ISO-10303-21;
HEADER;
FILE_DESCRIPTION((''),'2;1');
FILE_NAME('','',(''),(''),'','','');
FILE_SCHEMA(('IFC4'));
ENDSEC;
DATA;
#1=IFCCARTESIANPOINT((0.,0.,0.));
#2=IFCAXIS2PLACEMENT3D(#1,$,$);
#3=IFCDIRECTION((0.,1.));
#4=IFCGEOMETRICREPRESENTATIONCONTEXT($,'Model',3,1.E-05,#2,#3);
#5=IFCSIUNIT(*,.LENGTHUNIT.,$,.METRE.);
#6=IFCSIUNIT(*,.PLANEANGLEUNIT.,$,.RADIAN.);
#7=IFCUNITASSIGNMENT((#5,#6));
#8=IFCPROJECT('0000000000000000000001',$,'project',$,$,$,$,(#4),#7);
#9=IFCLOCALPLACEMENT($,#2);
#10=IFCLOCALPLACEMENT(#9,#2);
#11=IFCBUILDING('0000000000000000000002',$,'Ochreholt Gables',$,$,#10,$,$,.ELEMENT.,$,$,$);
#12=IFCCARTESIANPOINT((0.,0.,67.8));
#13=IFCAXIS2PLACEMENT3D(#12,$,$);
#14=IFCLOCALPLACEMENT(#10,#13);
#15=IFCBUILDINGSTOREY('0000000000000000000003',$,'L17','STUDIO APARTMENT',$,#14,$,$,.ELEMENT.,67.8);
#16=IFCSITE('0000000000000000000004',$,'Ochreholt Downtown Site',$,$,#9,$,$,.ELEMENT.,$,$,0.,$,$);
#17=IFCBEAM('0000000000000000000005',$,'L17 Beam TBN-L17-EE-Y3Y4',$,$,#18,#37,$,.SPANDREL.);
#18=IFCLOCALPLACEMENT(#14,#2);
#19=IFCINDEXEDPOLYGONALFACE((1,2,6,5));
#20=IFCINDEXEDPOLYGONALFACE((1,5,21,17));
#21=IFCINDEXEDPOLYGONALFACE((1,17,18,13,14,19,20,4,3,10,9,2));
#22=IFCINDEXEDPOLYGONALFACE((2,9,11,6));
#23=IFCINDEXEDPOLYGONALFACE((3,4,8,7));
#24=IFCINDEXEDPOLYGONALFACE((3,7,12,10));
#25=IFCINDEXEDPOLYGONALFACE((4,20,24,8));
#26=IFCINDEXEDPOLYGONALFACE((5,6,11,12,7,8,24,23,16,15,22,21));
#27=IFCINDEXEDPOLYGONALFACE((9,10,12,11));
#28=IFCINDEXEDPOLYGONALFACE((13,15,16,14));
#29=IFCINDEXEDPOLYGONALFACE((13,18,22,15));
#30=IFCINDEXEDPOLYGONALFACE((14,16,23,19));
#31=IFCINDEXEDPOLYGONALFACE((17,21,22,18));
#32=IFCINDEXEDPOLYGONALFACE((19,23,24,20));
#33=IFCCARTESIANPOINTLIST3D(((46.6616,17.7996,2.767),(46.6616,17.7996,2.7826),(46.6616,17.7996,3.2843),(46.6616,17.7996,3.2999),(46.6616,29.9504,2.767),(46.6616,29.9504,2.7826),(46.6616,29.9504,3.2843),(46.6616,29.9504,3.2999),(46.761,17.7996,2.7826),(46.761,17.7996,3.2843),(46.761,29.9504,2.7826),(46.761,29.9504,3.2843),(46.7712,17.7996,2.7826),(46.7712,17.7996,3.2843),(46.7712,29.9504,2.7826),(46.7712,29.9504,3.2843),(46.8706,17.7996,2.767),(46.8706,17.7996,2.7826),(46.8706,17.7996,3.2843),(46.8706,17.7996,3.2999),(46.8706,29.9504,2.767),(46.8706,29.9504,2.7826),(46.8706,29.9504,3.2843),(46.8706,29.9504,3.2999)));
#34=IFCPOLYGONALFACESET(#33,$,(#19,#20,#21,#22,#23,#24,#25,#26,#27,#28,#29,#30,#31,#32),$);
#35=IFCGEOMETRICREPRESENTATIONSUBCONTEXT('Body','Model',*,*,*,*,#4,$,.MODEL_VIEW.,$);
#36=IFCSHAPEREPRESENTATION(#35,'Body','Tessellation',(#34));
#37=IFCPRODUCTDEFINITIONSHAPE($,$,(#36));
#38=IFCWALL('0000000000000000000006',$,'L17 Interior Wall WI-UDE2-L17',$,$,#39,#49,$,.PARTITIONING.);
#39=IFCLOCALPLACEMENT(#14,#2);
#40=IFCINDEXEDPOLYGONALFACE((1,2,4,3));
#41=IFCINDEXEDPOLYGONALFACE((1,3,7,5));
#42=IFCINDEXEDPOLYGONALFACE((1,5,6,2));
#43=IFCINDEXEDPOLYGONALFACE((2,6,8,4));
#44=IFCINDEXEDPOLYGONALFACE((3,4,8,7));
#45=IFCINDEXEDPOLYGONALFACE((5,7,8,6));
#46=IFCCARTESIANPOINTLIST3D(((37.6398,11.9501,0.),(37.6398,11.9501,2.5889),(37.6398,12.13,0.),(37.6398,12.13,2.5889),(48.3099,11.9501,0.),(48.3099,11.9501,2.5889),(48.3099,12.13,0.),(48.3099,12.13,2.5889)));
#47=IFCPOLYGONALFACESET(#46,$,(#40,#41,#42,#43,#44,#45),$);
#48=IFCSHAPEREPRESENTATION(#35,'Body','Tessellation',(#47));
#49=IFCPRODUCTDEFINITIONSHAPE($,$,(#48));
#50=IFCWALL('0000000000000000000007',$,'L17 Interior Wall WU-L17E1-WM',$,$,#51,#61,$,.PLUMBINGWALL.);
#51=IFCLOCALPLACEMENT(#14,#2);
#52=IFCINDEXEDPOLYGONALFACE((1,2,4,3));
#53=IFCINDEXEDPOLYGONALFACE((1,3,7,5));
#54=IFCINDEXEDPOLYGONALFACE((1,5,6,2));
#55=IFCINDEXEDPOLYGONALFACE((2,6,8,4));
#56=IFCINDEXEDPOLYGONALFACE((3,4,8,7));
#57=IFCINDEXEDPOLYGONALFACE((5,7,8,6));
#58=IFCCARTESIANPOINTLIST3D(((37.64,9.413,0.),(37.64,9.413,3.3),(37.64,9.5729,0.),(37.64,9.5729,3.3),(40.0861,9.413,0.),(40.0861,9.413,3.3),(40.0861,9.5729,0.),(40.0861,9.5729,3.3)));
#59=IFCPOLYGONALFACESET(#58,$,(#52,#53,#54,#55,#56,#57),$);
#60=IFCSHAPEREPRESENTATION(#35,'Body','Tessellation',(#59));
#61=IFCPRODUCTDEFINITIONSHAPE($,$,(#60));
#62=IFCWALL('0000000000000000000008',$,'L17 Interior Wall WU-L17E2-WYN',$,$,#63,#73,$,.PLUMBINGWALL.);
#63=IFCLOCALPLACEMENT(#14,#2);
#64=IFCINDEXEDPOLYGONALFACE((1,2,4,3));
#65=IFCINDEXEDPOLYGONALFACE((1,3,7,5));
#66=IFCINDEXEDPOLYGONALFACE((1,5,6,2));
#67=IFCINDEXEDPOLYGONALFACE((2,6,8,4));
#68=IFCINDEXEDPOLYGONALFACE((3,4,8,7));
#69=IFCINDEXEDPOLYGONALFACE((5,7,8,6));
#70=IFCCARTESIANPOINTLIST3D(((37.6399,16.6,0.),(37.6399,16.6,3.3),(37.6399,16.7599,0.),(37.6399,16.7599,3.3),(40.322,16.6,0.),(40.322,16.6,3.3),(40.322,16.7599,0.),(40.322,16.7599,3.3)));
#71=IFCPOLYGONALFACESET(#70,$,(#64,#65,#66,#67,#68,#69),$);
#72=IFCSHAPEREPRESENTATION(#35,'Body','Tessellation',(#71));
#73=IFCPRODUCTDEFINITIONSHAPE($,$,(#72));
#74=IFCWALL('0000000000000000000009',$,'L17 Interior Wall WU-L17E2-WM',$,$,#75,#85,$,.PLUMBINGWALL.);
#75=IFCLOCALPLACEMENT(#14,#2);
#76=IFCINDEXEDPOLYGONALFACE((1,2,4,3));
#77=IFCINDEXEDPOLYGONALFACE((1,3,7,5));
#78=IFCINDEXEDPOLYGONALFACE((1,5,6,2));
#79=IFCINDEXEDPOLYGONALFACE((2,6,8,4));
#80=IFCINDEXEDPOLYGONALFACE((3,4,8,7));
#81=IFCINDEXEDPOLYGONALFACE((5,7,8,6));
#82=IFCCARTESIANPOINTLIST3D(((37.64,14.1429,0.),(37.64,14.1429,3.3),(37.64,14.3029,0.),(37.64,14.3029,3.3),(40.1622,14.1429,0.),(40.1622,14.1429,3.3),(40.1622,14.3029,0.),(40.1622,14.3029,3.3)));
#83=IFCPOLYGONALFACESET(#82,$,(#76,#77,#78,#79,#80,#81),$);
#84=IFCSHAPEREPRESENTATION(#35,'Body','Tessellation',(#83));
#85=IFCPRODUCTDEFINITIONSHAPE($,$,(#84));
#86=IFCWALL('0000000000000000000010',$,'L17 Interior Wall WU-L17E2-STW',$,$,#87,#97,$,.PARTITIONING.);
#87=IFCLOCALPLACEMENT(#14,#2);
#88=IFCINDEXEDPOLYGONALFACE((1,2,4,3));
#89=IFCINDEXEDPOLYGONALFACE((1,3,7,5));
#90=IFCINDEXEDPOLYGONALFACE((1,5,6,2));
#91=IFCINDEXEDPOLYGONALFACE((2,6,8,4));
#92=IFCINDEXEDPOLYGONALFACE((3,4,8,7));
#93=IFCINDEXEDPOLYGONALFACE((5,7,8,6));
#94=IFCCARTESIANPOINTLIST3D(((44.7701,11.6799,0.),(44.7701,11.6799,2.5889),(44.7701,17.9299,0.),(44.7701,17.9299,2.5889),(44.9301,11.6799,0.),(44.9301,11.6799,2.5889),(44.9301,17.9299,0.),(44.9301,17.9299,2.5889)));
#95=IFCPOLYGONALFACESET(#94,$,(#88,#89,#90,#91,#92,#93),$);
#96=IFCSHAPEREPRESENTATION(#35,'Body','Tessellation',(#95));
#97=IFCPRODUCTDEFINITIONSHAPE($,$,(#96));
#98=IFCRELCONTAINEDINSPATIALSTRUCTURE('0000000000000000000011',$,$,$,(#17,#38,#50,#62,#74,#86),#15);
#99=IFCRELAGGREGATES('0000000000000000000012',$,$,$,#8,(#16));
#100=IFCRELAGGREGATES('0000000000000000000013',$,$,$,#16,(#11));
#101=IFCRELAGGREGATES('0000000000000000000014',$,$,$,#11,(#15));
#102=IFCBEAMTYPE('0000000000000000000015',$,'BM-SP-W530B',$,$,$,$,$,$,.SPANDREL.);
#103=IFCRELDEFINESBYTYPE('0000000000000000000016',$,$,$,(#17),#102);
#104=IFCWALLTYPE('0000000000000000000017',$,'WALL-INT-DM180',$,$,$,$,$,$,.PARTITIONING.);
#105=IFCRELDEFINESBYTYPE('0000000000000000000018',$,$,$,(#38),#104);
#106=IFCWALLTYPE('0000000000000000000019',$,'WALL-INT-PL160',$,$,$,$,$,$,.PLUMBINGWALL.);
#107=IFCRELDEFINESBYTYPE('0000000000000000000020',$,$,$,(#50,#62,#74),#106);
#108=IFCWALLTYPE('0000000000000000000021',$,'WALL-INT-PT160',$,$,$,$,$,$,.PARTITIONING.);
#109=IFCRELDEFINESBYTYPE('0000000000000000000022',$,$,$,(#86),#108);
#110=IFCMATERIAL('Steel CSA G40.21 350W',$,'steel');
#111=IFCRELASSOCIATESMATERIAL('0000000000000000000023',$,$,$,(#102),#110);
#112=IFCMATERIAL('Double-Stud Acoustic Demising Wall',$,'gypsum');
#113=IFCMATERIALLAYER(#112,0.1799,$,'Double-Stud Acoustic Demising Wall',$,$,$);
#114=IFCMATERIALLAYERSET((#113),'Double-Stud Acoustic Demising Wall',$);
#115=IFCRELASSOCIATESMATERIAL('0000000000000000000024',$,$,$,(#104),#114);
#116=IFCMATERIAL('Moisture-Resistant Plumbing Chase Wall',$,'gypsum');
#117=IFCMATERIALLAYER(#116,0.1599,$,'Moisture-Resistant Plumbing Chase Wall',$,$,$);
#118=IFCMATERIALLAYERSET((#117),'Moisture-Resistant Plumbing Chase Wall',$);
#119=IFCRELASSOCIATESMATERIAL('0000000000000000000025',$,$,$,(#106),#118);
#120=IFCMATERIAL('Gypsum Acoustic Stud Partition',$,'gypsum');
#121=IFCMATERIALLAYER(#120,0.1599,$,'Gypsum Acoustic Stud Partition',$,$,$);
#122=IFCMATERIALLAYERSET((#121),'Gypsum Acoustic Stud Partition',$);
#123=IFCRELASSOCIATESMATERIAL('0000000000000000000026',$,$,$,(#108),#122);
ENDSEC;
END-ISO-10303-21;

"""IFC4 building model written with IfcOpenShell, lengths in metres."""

from ifc_helpers import new_model, si_unit, direction, frame, frame_2d, origin, origin_2d, place, context, subcontext, project, spatial, rectangle, i_section, extrude, material, layer, layer_set, material_profile, profile_set, type_object, element, save


model = new_model("IFC4")

# Units and contexts
model_context = context("Model", 3, precision=1e-05, world=origin(), true_north=direction((0.0, 1.0)))
body_context = subcontext(model_context, "Body", "Model", "MODEL_VIEW")
ifc_project = project(units=[si_unit("LENGTHUNIT", "METRE"), si_unit("PLANEANGLEUNIT", "RADIAN")], contexts=[model_context])

# Site, building, storey
site_placement = place(None, origin())
site = spatial("IfcSite", under=ifc_project, at=site_placement, Name="Ochreholt Downtown Site", CompositionType="ELEMENT", RefElevation=0.0)
building_placement = place(site_placement, origin())
building = spatial("IfcBuilding", under=site, at=building_placement, Name="Ochreholt Gables", CompositionType="ELEMENT")
storey_placement = place(building_placement, frame((0.0, 0.0, 67.8)))
storey = spatial("IfcBuildingStorey", under=building, at=storey_placement, Name="L17", Description="STUDIO APARTMENT", CompositionType="ELEMENT", Elevation=67.8)

# Shared definitions
ifc_material_1 = material(Name="Steel CSA G40.21 350W", Category="steel")

# Beam
ifc_material_profile_1 = material_profile(ifc_material_1, i_section(OverallWidth=0.209, OverallDepth=0.533, WebThickness=0.0103, FlangeThickness=0.0156, at=origin_2d()), Name="W530X92")
ifc_profile_set_1 = profile_set([ifc_material_profile_1], Name="Steel CSA G40.21 350W")
beam_type_1 = type_object("IfcBeamType", Name="BM-SP-W530B", PredefinedType="SPANDREL", material=ifc_profile_set_1)
beam_1_placement = place(storey_placement, frame((46.7661, 17.7996, 3.0334), z_axis=(0.0, 1.0, 0.0), x_axis=(-1.0, 0.0, 0.0)))
element("IfcBeam", 1, at=beam_1_placement, inside=storey, type_object=beam_type_1, Name="L17 Beam TBN-L17-EE-Y3Y4", PredefinedType="SPANDREL", context=body_context, shape_type="SweptSolid", body=[
    extrude(i_section(OverallWidth=0.209, OverallDepth=0.533, WebThickness=0.0103, FlangeThickness=0.0156, at=origin_2d()), origin(), (0.0, 0.0, 1.0), 12.1509),
])

# Walls
ifc_material_2 = material(Name="Double-Stud Acoustic Demising Wall", Category="gypsum")
ifc_layer_1 = layer(ifc_material_2, 0.1799, Name="Double-Stud Acoustic Demising Wall")
ifc_layer_set_1 = layer_set([ifc_layer_1], Name="Double-Stud Acoustic Demising Wall")
wall_type_1 = type_object("IfcWallType", Name="WALL-INT-DM180", PredefinedType="PARTITIONING", material=ifc_layer_set_1)
wall_1_placement = place(storey_placement, frame((37.6399, 12.04, 0.0), z_axis=(0.0, 0.0, 1.0), x_axis=(1.0, 0.0, 0.0)))
element("IfcWall", 2, at=wall_1_placement, inside=storey, type_object=wall_type_1, Name="L17 Interior Wall WI-UDE2-L17", PredefinedType="PARTITIONING", context=body_context, shape_type="SweptSolid", body=[
    extrude(rectangle(XDim=10.6702, YDim=0.1799, at=frame_2d((5.335, 0.0))), origin(), (0.0, 0.0, 1.0), 2.5889),
])
ifc_material_3 = material(Name="Moisture-Resistant Plumbing Chase Wall", Category="gypsum")
ifc_layer_2 = layer(ifc_material_3, 0.1599, Name="Moisture-Resistant Plumbing Chase Wall")
ifc_layer_set_2 = layer_set([ifc_layer_2], Name="Moisture-Resistant Plumbing Chase Wall")
wall_type_2 = type_object("IfcWallType", Name="WALL-INT-PL160", PredefinedType="PLUMBINGWALL", material=ifc_layer_set_2)
wall_2_placement = place(storey_placement, frame((37.6399, 9.4929, 0.0), z_axis=(0.0, 0.0, 1.0), x_axis=(1.0, 0.0, 0.0)))
element("IfcWall", 3, at=wall_2_placement, inside=storey, type_object=wall_type_2, Name="L17 Interior Wall WU-L17E1-WM", PredefinedType="PLUMBINGWALL", context=body_context, shape_type="SweptSolid", body=[
    extrude(rectangle(XDim=2.446, YDim=0.1599, at=frame_2d((1.2231, 0.0))), origin(), (0.0, 0.0, 1.0), 3.3),
])
wall_3_placement = place(storey_placement, frame((37.6399, 16.6799, 0.0), z_axis=(0.0, 0.0, 1.0), x_axis=(1.0, 0.0, 0.0)))
element("IfcWall", 4, at=wall_3_placement, inside=storey, type_object=wall_type_2, Name="L17 Interior Wall WU-L17E2-WYN", PredefinedType="PLUMBINGWALL", context=body_context, shape_type="SweptSolid", body=[
    extrude(rectangle(XDim=2.6821, YDim=0.1599, at=frame_2d((1.3411, 0.0))), origin(), (0.0, 0.0, 1.0), 3.3),
])

# Walls
wall_4_placement = place(storey_placement, frame((37.6399, 14.2229, 0.0), z_axis=(0.0, 0.0, 1.0), x_axis=(1.0, 0.0, 0.0)))
element("IfcWall", 5, at=wall_4_placement, inside=storey, type_object=wall_type_2, Name="L17 Interior Wall WU-L17E2-WM", PredefinedType="PLUMBINGWALL", context=body_context, shape_type="SweptSolid", body=[
    extrude(rectangle(XDim=2.5222, YDim=0.1599, at=frame_2d((1.2612, 0.0))), origin(), (0.0, 0.0, 1.0), 3.3),
])
ifc_material_4 = material(Name="Gypsum Acoustic Stud Partition", Category="gypsum")
ifc_layer_3 = layer(ifc_material_4, 0.1599, Name="Gypsum Acoustic Stud Partition")
ifc_layer_set_3 = layer_set([ifc_layer_3], Name="Gypsum Acoustic Stud Partition")
wall_type_3 = type_object("IfcWallType", Name="WALL-INT-PT160", PredefinedType="PARTITIONING", material=ifc_layer_set_3)
wall_5_placement = place(storey_placement, frame((44.8501, 11.6799, 0.0), z_axis=(0.0, 0.0, 1.0), x_axis=(0.0, 1.0, 0.0)))
element("IfcWall", 6, at=wall_5_placement, inside=storey, type_object=wall_type_3, Name="L17 Interior Wall WU-L17E2-STW", PredefinedType="PARTITIONING", context=body_context, shape_type="SweptSolid", body=[
    extrude(rectangle(XDim=6.25, YDim=0.1599, at=frame_2d((3.125, 0.0))), origin(), (0.0, 0.0, 1.0), 2.5889),
])

save(model, "model.ifc")
